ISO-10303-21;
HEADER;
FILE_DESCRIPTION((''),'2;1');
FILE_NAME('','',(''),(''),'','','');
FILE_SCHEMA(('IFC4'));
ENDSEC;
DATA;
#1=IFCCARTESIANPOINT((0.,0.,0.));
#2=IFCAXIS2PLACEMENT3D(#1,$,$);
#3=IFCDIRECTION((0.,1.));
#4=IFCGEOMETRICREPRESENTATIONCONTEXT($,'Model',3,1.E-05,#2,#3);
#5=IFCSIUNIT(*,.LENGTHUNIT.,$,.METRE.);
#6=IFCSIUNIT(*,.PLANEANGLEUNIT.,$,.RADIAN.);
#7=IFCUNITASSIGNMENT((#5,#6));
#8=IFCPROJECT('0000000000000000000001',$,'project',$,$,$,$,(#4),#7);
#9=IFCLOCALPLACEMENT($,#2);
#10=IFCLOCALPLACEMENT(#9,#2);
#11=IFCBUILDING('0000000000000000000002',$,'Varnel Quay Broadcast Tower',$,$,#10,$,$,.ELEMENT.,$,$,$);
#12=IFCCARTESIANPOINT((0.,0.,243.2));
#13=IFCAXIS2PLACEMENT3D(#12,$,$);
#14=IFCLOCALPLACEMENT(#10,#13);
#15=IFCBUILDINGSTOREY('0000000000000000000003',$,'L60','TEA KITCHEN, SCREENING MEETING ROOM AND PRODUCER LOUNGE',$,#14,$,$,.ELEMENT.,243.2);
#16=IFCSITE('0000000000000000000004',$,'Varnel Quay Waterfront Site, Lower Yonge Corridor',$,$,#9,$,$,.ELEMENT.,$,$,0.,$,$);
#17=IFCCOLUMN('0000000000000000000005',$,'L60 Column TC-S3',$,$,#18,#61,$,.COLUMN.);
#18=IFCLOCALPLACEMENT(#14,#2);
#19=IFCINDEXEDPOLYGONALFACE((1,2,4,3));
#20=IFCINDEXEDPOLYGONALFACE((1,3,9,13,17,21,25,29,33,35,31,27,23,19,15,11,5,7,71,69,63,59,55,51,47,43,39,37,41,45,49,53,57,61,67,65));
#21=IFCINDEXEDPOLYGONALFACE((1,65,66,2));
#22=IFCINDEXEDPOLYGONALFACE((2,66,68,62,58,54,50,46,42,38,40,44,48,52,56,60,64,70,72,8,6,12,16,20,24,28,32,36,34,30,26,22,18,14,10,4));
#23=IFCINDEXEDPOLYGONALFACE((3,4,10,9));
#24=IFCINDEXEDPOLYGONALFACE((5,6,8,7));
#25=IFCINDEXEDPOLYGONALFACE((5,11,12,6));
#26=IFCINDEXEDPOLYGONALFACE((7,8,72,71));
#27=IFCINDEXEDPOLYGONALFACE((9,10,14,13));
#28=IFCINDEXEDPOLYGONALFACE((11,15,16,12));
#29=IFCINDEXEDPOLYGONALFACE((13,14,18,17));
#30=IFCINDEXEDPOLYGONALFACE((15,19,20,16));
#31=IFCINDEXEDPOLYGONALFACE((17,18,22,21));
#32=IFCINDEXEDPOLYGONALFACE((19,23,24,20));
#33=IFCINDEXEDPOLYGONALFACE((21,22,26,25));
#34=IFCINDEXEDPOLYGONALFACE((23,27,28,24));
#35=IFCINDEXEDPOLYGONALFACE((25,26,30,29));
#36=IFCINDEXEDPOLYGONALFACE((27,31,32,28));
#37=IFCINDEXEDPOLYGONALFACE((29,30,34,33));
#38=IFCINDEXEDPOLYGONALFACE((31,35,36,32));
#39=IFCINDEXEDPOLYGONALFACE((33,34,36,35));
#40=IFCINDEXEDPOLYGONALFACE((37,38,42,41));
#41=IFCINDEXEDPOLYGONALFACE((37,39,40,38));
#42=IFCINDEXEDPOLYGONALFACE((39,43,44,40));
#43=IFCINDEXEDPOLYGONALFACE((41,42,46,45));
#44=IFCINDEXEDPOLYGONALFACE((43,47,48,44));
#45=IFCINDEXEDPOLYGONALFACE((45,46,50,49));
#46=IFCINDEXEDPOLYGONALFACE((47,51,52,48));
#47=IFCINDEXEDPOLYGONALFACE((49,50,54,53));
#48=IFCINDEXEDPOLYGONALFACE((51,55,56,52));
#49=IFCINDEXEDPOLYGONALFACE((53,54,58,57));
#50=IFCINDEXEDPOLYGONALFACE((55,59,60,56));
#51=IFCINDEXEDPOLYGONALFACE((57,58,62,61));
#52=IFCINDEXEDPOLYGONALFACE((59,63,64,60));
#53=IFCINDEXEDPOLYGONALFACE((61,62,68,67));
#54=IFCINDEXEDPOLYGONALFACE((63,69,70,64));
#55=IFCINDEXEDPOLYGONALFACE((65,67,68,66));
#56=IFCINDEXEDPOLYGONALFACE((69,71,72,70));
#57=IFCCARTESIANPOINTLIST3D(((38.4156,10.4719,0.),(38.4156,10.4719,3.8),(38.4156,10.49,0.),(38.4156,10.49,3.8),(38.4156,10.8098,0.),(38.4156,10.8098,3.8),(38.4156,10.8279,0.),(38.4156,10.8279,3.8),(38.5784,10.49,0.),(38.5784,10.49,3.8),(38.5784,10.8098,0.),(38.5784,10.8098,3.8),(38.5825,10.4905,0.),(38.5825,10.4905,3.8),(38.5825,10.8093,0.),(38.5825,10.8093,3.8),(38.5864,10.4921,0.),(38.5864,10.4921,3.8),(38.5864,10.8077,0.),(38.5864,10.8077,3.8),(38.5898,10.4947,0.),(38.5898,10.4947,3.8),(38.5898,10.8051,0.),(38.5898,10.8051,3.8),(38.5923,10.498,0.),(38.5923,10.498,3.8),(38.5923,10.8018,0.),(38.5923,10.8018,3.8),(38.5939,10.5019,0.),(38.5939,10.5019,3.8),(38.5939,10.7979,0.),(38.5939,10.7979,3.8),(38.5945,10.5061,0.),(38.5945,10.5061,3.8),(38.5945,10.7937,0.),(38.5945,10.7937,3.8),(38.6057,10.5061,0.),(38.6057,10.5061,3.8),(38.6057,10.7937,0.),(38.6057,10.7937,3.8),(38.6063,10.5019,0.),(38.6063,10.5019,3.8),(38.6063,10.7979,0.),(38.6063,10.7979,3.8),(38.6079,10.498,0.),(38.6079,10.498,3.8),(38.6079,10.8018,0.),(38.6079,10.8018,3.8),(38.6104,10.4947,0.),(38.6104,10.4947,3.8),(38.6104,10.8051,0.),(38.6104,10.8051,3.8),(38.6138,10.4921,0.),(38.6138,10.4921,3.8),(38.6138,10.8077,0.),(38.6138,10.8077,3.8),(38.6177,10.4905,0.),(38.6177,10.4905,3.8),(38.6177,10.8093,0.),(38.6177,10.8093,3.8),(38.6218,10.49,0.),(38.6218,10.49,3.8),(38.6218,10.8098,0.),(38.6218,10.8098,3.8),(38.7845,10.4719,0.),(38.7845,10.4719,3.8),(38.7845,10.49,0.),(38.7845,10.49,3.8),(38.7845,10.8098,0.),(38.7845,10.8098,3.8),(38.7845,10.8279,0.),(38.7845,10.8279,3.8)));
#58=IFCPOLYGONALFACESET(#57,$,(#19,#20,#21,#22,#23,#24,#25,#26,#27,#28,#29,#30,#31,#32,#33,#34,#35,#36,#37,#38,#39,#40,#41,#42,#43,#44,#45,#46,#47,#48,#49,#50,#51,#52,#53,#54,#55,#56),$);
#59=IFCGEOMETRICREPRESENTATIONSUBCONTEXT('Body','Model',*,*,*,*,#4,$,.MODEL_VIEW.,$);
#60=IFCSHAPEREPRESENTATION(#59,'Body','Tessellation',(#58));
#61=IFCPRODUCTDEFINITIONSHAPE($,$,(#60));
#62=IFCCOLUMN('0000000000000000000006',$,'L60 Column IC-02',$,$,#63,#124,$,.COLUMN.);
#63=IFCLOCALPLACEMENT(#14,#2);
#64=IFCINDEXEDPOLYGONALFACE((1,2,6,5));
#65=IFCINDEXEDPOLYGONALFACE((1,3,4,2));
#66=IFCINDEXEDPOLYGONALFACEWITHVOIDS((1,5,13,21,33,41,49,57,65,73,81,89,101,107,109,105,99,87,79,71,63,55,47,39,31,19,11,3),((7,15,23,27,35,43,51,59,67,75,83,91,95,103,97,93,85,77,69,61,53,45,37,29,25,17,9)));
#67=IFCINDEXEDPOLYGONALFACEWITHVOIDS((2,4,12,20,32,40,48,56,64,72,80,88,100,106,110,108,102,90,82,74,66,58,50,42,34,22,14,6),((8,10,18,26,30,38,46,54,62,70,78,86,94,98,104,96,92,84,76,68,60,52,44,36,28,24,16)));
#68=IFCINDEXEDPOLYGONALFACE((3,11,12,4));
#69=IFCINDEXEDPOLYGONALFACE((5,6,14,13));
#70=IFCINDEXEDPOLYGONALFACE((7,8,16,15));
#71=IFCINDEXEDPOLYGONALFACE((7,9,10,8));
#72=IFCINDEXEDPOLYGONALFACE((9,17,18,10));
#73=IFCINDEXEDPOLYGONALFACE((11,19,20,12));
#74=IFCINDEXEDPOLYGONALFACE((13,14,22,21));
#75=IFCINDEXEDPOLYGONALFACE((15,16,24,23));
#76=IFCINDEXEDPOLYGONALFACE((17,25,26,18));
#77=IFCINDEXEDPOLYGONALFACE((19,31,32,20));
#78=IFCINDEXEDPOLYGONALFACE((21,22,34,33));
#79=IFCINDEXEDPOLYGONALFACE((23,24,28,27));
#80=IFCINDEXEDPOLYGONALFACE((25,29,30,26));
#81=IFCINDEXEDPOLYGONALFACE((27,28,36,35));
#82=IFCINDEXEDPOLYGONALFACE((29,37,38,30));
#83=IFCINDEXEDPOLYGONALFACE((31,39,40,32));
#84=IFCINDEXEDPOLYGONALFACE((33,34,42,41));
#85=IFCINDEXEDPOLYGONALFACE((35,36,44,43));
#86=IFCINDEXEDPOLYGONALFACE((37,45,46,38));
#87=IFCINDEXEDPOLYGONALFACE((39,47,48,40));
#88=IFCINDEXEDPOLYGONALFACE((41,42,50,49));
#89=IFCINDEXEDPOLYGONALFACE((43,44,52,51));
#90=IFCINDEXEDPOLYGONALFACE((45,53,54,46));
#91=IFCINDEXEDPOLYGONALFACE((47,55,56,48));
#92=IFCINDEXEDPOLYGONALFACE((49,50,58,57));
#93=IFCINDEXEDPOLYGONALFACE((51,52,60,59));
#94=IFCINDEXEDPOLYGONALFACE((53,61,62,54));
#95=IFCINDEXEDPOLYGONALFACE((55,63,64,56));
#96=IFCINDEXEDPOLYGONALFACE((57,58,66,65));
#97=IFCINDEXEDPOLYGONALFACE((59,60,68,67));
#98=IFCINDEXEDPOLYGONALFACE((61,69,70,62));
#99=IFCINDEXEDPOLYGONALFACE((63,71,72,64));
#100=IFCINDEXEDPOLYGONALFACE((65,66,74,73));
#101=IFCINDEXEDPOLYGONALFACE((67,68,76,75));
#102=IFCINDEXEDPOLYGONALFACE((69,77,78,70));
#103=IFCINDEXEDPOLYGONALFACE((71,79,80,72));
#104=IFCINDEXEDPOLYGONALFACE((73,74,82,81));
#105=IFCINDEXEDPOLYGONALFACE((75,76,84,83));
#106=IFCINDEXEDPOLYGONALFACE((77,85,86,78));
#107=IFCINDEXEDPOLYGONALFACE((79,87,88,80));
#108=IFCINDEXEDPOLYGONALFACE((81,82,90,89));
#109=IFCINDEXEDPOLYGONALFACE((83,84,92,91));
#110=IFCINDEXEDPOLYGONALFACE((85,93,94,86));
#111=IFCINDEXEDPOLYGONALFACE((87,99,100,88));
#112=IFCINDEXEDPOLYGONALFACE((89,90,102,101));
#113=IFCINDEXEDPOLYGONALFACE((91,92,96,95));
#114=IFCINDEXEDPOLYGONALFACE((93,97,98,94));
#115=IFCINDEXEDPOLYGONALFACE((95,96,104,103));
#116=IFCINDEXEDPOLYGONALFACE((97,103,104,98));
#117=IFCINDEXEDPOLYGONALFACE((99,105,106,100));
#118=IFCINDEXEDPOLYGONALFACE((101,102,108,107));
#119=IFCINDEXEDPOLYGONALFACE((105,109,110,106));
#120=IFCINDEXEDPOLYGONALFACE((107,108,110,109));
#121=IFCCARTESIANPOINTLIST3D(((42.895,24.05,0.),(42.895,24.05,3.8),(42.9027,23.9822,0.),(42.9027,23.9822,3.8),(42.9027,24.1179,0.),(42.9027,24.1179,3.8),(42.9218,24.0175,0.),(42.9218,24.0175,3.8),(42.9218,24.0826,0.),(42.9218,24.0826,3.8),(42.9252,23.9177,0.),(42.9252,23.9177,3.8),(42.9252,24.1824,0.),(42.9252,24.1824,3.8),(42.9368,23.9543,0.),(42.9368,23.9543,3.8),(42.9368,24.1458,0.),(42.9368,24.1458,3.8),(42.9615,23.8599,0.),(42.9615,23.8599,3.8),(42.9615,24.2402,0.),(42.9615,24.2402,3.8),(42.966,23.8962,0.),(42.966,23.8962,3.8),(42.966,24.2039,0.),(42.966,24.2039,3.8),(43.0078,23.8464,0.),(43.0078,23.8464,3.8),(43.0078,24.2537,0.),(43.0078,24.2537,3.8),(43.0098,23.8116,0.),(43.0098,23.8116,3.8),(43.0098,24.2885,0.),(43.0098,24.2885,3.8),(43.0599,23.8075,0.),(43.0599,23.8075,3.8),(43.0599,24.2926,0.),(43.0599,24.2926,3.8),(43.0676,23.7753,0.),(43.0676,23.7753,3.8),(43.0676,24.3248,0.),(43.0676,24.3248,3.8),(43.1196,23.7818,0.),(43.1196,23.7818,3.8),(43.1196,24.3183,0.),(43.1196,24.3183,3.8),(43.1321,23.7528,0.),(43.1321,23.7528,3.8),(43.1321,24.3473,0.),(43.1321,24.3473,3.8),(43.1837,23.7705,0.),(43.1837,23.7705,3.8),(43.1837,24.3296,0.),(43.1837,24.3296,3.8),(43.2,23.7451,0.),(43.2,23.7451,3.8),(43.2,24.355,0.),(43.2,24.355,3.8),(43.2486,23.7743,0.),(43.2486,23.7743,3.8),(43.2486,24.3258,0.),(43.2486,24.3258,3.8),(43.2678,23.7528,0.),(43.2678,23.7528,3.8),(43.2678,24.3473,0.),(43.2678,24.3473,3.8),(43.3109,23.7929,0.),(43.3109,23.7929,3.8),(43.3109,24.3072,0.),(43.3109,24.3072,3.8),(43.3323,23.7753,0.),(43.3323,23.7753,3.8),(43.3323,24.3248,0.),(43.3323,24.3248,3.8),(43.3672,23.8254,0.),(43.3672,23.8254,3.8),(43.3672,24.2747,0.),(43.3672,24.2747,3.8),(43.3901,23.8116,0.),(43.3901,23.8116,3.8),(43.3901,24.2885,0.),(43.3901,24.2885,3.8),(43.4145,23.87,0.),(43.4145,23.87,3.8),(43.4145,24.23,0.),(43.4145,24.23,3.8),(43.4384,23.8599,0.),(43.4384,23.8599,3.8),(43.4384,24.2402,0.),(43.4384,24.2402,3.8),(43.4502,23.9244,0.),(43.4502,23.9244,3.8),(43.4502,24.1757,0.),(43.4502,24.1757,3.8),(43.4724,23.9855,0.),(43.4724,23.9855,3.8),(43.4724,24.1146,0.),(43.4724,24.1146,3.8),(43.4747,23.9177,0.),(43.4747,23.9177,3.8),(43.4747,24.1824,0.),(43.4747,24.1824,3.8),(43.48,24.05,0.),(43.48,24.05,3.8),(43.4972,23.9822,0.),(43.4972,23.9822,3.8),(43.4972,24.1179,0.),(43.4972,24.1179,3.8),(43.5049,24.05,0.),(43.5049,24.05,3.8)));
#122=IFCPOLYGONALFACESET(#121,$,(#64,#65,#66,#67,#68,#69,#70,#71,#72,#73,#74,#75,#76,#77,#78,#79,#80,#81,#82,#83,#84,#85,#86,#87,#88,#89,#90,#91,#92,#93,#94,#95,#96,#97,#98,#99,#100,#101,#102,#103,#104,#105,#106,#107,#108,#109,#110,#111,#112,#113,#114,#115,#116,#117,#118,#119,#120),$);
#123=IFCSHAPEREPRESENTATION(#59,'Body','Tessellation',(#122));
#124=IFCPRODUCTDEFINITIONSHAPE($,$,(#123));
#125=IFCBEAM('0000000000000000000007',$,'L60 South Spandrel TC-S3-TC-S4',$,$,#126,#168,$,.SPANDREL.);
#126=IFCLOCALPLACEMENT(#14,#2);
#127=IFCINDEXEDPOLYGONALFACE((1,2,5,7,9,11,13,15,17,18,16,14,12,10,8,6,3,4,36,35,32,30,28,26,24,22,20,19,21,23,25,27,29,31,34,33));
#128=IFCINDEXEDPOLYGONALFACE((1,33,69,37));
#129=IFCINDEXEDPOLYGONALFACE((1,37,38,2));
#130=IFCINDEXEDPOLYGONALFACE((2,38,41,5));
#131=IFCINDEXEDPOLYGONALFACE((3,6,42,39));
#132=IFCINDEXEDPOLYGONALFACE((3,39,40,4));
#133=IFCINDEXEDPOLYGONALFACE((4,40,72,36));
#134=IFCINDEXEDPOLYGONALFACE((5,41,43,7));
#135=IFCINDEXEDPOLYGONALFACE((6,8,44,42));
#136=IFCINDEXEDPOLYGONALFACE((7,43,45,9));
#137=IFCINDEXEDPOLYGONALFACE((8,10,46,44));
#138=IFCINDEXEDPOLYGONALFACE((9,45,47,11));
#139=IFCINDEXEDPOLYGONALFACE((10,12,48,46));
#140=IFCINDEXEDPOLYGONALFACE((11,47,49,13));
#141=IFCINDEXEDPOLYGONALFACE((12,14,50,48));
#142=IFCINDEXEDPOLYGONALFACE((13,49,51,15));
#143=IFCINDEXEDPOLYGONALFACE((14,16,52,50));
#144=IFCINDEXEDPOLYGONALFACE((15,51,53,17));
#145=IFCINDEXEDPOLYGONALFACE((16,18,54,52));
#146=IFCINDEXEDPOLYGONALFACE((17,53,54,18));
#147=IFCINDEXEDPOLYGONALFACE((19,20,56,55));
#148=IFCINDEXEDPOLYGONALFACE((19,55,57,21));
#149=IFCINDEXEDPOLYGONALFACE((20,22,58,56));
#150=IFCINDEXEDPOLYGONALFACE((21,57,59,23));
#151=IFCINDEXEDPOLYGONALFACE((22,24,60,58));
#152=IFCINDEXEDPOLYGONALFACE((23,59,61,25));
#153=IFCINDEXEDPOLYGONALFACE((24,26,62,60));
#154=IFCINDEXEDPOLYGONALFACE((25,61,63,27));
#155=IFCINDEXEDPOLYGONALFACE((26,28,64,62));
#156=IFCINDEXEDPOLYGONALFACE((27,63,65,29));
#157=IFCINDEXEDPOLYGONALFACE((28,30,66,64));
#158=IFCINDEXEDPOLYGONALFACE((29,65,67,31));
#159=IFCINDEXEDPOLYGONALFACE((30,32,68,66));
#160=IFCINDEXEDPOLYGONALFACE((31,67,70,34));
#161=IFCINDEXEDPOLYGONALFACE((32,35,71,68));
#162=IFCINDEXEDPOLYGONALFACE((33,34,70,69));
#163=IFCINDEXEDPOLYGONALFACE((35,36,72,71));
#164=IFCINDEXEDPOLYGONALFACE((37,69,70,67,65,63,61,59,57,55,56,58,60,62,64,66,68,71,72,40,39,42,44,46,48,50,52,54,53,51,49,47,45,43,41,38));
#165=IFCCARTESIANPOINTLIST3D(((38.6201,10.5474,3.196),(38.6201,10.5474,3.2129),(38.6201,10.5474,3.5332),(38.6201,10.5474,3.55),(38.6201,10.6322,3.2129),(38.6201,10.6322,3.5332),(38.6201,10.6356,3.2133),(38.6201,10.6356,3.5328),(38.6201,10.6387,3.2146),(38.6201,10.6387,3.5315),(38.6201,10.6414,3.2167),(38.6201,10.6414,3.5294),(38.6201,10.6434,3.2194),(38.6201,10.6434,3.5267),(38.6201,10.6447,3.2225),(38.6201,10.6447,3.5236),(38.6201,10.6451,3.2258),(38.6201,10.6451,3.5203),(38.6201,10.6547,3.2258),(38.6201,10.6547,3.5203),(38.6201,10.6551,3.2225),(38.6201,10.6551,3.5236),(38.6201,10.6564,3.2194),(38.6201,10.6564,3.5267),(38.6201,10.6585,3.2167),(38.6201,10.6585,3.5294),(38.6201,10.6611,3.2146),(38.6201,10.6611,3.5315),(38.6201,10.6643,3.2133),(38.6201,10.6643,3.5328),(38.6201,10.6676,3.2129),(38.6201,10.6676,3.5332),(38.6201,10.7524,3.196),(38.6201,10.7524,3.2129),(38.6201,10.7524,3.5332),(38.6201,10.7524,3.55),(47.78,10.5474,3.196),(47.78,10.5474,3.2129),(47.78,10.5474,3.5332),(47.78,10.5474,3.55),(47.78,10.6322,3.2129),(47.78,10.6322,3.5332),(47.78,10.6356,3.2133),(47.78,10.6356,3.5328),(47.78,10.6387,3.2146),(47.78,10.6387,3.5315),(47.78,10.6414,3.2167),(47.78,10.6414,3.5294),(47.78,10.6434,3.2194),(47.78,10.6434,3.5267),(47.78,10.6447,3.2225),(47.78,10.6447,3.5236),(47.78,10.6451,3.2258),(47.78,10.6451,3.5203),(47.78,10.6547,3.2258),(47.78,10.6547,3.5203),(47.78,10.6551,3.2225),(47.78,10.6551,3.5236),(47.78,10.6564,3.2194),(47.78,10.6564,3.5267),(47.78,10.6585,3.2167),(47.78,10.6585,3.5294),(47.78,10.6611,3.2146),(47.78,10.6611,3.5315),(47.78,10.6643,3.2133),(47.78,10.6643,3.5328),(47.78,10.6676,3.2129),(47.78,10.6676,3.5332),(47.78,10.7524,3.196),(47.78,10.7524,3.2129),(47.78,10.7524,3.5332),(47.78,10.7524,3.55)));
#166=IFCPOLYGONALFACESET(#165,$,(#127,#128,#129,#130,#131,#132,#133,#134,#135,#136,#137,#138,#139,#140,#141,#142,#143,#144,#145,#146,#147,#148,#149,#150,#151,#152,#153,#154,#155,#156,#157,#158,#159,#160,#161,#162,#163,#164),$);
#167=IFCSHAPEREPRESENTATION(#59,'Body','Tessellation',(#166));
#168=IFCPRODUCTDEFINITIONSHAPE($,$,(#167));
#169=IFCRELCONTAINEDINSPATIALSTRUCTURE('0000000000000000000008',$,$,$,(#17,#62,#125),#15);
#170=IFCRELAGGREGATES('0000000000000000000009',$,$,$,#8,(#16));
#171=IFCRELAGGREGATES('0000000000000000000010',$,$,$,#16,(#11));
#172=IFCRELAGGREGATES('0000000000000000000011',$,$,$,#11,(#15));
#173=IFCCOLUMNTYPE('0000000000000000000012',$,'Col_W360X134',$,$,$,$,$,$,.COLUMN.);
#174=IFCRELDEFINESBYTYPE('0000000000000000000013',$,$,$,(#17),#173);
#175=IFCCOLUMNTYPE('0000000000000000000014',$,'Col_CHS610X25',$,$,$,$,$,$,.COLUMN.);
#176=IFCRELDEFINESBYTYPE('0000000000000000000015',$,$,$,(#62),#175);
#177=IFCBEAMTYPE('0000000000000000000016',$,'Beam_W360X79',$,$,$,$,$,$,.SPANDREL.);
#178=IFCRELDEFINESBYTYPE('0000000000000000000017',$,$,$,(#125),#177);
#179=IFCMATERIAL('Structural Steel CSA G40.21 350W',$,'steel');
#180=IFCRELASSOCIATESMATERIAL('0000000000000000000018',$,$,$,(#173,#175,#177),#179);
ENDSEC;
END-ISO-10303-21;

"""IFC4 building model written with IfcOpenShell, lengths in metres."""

from ifc_helpers import new_model, si_unit, direction, frame, origin, origin_2d, place, context, subcontext, project, spatial, hollow_circle, i_section, extrude, source, transform, mapped, material, material_profile, profile_set, type_object, type_shapes, element, save


model = new_model("IFC4")

# Units and contexts
model_context = context("Model", 3, precision=1e-05, world=origin(), true_north=direction((0.0, 1.0)))
body_context = subcontext(model_context, "Body", "Model", "MODEL_VIEW")
ifc_project = project(units=[si_unit("LENGTHUNIT", "METRE"), si_unit("PLANEANGLEUNIT", "RADIAN")], contexts=[model_context])

# Site, building, storey
site_placement = place(None, origin())
site = spatial("IfcSite", under=ifc_project, at=site_placement, Name="Varnel Quay Waterfront Site, Lower Yonge Corridor", CompositionType="ELEMENT", RefElevation=0.0)
building_placement = place(site_placement, origin())
building = spatial("IfcBuilding", under=site, at=building_placement, Name="Varnel Quay Broadcast Tower", CompositionType="ELEMENT")
storey_placement = place(building_placement, frame((0.0, 0.0, 243.2)))
storey = spatial("IfcBuildingStorey", under=building, at=storey_placement, Name="L60", Description="TEA KITCHEN, SCREENING MEETING ROOM AND PRODUCER LOUNGE", CompositionType="ELEMENT", Elevation=243.2)

# Columns
ifc_material_1 = material(Name="Structural Steel CSA G40.21 350W", Category="steel")
ifc_material_profile_1 = material_profile(ifc_material_1, i_section(OverallWidth=0.3689, OverallDepth=0.356, WebThickness=0.0112, FlangeThickness=0.0181, FilletRadius=0.0161, at=origin_2d()), Name="W360X134")
ifc_profile_set_1 = profile_set([ifc_material_profile_1], Name="Structural Steel CSA G40.21 350W")
column_type_1 = type_object("IfcColumnType", Name="Col_W360X134", PredefinedType="COLUMN", material=ifc_profile_set_1)
shared_shape_1 = source(origin(), body_context, "Body", "SweptSolid", [
    extrude(i_section(OverallWidth=0.3689, OverallDepth=0.356, WebThickness=0.0112, FlangeThickness=0.0181, FilletRadius=0.0161, at=origin_2d()), origin(), (0.0, 0.0, 1.0), 3.8),
])
type_shapes(column_type_1, [shared_shape_1])
column_1_placement = place(storey_placement, frame((38.6001, 10.6499, 0.0), z_axis=(0.0, 0.0, 1.0), x_axis=(1.0, 0.0, 0.0)))
element("IfcColumn", 1, at=column_1_placement, inside=storey, type_object=column_type_1, Name="L60 Column TC-S3", PredefinedType="COLUMN", context=body_context, shape_type="MappedRepresentation", body=[
    mapped(shared_shape_1, transform((0.0, 0.0, 0.0), x_axis=(1.0, 0.0, 0.0), y_axis=(0.0, 1.0, 0.0), z_axis=(0.0, 0.0, 1.0), scale=1.0)),
])
ifc_material_profile_2 = material_profile(ifc_material_1, hollow_circle(Radius=0.3049, WallThickness=0.0249, at=origin_2d()), Name="CHS610X25")
ifc_profile_set_2 = profile_set([ifc_material_profile_2], Name="Structural Steel CSA G40.21 350W")
column_type_2 = type_object("IfcColumnType", Name="Col_CHS610X25", PredefinedType="COLUMN", material=ifc_profile_set_2)
shared_shape_2 = source(origin(), body_context, "Body", "SweptSolid", [
    extrude(hollow_circle(Radius=0.3049, WallThickness=0.0249, at=origin_2d()), origin(), (0.0, 0.0, 1.0), 3.8),
])
type_shapes(column_type_2, [shared_shape_2])
column_2_placement = place(storey_placement, frame((43.2, 24.05, 0.0), z_axis=(0.0, 0.0, 1.0), x_axis=(1.0, 0.0, 0.0)))
element("IfcColumn", 2, at=column_2_placement, inside=storey, type_object=column_type_2, Name="L60 Column IC-02", PredefinedType="COLUMN", context=body_context, shape_type="MappedRepresentation", body=[
    mapped(shared_shape_2, transform((0.0, 0.0, 0.0), x_axis=(1.0, 0.0, 0.0), y_axis=(0.0, 1.0, 0.0), z_axis=(0.0, 0.0, 1.0), scale=1.0)),
])

# Beam
ifc_material_profile_3 = material_profile(ifc_material_1, i_section(OverallWidth=0.2051, OverallDepth=0.354, WebThickness=0.0095, FlangeThickness=0.0168, FilletRadius=0.0129, at=origin_2d()), Name="W360X79")
ifc_profile_set_3 = profile_set([ifc_material_profile_3], Name="Structural Steel CSA G40.21 350W")
beam_type_1 = type_object("IfcBeamType", Name="Beam_W360X79", PredefinedType="SPANDREL", material=ifc_profile_set_3)
shared_shape_3 = source(origin(), body_context, "Body", "SweptSolid", [
    extrude(i_section(OverallWidth=0.2051, OverallDepth=0.354, WebThickness=0.0095, FlangeThickness=0.0168, FilletRadius=0.0129, at=origin_2d()), origin(), (0.0, 0.0, 1.0), 9.1599),
])
type_shapes(beam_type_1, [shared_shape_3])
beam_1_placement = place(storey_placement, frame((38.6201, 10.6499, 3.373), z_axis=(1.0, 0.0, 0.0), x_axis=(0.0, 1.0, 0.0)))
element("IfcBeam", 3, at=beam_1_placement, inside=storey, type_object=beam_type_1, Name="L60 South Spandrel TC-S3-TC-S4", PredefinedType="SPANDREL", context=body_context, shape_type="MappedRepresentation", body=[
    mapped(shared_shape_3, transform((0.0, 0.0, 0.0), x_axis=(1.0, 0.0, 0.0), y_axis=(0.0, 1.0, 0.0), z_axis=(0.0, 0.0, 1.0), scale=1.0)),
])

save(model, "model.ifc")
